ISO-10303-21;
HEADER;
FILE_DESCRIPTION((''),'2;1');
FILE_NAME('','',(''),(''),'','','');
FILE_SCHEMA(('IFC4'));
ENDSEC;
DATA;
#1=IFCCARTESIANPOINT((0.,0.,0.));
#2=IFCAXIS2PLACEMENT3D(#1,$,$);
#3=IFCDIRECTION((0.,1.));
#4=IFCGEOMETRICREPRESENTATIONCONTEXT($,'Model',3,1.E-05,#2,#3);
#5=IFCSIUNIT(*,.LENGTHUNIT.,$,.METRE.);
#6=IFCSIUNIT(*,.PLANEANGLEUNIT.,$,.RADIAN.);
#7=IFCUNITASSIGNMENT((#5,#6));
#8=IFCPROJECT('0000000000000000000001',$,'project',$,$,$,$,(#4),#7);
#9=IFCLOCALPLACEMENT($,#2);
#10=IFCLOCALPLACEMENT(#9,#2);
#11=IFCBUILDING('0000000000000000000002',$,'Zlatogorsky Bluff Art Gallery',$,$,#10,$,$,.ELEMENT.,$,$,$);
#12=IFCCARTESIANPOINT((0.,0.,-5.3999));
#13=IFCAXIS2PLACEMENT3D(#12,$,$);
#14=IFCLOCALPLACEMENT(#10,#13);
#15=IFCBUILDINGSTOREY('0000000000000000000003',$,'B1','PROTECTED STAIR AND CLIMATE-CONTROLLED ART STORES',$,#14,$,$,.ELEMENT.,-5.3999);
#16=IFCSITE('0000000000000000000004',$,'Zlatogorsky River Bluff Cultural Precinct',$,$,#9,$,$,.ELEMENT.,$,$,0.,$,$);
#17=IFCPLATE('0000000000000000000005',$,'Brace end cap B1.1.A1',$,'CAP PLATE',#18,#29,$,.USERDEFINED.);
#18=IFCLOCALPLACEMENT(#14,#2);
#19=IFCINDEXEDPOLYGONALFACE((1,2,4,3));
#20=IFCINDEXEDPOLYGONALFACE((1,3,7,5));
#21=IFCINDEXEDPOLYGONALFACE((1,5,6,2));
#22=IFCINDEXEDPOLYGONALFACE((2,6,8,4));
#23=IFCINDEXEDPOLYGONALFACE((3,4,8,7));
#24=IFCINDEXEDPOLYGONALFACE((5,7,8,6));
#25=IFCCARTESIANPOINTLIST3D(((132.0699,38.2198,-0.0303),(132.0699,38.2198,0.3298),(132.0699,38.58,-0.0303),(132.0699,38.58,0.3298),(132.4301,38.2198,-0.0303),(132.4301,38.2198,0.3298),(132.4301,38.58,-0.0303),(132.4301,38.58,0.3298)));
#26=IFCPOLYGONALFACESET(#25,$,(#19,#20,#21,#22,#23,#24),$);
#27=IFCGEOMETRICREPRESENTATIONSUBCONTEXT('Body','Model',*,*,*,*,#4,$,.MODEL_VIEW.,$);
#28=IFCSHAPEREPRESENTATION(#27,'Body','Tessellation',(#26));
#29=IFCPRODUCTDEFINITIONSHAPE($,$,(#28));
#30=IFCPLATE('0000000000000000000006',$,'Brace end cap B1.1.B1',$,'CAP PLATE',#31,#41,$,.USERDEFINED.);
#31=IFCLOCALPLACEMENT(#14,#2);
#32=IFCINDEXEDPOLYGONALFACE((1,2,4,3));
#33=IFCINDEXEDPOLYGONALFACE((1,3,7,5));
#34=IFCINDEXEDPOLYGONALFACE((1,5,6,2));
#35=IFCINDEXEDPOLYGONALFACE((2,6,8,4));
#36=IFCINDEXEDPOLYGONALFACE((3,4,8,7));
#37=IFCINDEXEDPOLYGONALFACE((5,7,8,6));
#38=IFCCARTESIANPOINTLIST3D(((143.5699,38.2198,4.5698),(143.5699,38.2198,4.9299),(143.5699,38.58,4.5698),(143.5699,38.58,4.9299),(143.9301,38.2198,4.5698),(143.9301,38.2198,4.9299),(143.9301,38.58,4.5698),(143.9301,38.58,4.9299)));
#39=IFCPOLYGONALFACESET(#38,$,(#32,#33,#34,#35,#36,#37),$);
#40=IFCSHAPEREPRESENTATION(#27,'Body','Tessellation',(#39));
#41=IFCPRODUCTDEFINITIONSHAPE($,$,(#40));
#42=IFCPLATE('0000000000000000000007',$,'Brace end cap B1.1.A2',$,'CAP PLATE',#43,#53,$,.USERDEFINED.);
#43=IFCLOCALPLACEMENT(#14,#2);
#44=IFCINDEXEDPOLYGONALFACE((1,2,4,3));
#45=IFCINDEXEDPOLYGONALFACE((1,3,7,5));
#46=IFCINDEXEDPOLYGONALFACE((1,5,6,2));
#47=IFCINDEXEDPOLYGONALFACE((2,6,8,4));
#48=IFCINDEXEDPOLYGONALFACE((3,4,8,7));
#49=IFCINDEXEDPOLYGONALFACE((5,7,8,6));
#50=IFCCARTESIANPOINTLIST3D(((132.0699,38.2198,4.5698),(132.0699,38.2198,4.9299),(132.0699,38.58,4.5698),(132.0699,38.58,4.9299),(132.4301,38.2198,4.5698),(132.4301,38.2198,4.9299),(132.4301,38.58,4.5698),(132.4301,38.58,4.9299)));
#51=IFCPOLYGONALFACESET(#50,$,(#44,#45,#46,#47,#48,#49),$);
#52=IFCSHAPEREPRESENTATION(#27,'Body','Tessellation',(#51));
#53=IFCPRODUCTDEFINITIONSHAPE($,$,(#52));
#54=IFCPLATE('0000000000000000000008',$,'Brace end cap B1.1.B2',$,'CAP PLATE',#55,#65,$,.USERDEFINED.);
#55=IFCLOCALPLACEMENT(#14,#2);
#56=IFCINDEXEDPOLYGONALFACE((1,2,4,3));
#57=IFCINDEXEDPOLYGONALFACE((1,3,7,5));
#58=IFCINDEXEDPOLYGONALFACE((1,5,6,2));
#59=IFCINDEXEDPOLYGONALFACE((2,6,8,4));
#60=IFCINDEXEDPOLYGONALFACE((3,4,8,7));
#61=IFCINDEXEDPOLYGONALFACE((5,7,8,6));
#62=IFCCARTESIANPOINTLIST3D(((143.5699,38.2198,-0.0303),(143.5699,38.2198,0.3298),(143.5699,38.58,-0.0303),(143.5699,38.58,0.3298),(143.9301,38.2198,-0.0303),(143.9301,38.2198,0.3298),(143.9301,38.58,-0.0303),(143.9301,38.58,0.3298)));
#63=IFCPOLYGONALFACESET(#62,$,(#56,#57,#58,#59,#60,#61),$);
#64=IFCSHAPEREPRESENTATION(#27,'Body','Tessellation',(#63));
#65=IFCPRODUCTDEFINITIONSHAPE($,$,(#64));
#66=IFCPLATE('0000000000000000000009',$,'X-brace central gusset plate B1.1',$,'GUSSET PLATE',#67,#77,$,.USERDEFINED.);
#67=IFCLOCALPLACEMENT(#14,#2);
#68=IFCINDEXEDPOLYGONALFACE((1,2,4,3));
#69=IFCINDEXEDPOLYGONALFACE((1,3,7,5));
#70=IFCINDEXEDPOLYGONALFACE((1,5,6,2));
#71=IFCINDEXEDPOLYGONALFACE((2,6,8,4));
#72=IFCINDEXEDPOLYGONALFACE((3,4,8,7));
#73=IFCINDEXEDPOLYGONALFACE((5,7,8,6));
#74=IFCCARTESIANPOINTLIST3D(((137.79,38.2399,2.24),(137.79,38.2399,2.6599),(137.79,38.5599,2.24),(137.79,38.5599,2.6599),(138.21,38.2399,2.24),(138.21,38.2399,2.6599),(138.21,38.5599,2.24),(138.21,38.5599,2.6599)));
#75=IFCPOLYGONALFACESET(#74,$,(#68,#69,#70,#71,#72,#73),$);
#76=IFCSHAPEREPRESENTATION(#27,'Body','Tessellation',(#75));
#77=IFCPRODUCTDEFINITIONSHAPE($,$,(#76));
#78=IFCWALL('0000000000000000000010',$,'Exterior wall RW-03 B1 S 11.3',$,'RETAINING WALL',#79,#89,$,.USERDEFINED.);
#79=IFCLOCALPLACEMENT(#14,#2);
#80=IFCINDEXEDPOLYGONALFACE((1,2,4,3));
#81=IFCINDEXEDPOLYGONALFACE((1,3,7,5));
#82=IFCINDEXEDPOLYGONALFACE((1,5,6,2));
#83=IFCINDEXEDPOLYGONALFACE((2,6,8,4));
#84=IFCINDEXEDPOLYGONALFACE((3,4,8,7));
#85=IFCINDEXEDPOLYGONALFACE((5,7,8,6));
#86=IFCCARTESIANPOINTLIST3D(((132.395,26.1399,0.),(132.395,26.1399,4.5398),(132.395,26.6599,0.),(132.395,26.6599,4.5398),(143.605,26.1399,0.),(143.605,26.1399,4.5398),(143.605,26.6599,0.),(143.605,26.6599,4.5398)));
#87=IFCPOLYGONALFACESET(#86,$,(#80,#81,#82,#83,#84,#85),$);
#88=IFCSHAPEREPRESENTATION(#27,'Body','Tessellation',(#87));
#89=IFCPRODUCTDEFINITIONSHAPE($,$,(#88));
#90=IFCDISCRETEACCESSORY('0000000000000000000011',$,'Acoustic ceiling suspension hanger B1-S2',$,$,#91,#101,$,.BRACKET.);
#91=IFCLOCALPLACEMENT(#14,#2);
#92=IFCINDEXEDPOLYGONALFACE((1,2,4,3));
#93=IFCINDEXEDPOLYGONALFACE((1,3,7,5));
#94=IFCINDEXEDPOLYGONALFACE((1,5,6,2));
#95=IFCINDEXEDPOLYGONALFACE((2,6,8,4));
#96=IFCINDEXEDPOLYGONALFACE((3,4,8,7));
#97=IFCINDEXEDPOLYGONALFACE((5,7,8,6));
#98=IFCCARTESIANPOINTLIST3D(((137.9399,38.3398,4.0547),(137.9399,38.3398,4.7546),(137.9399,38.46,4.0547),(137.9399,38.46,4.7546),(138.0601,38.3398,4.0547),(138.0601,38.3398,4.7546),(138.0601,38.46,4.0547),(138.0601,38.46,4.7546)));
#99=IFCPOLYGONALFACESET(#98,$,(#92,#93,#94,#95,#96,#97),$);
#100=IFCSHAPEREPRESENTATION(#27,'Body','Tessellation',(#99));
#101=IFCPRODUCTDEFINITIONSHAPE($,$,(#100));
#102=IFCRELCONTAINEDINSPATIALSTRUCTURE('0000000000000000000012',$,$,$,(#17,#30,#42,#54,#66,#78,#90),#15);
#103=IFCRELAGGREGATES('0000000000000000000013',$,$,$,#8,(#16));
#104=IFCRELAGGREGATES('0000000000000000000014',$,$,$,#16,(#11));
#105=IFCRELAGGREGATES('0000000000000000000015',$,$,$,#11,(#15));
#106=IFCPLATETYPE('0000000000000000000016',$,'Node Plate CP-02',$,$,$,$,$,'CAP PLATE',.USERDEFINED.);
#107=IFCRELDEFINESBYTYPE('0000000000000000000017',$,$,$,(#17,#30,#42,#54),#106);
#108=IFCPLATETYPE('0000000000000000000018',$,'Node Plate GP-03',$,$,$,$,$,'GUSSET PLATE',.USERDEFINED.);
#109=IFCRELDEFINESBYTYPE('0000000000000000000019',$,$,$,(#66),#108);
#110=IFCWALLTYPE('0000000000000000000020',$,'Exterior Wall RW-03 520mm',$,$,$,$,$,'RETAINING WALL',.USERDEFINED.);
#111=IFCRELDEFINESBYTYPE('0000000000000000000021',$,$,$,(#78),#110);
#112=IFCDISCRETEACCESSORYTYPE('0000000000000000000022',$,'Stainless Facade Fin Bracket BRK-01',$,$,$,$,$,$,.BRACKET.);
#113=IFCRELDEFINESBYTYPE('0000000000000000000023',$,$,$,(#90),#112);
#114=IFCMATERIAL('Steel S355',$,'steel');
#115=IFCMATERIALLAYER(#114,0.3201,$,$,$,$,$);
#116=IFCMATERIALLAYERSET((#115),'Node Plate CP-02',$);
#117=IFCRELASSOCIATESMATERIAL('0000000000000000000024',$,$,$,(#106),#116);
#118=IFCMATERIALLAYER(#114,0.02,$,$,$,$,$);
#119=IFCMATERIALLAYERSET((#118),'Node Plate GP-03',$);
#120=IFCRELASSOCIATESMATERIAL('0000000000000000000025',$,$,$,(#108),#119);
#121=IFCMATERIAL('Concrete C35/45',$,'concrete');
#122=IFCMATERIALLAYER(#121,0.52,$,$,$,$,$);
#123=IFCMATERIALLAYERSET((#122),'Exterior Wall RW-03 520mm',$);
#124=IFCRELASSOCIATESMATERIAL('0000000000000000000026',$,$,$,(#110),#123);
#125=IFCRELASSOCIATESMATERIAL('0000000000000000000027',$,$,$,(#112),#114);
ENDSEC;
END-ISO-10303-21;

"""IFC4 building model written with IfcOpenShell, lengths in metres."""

from ifc_helpers import new_model, si_unit, direction, frame, frame_2d, origin, origin_2d, place, context, subcontext, project, spatial, rectangle, extrude, material, layer, layer_set, type_object, element, save


model = new_model("IFC4")

# Units and contexts
model_context = context("Model", 3, precision=1e-05, world=origin(), true_north=direction((0.0, 1.0)))
body_context = subcontext(model_context, "Body", "Model", "MODEL_VIEW")
ifc_project = project(units=[si_unit("LENGTHUNIT", "METRE"), si_unit("PLANEANGLEUNIT", "RADIAN")], contexts=[model_context])

# Site, building, storey
site_placement = place(None, origin())
site = spatial("IfcSite", under=ifc_project, at=site_placement, Name="Zlatogorsky River Bluff Cultural Precinct", CompositionType="ELEMENT", RefElevation=0.0)
building_placement = place(site_placement, origin())
building = spatial("IfcBuilding", under=site, at=building_placement, Name="Zlatogorsky Bluff Art Gallery", CompositionType="ELEMENT")
storey_placement = place(building_placement, frame((0.0, 0.0, -5.3999)))
storey = spatial("IfcBuildingStorey", under=building, at=storey_placement, Name="B1", Description="PROTECTED STAIR AND CLIMATE-CONTROLLED ART STORES", CompositionType="ELEMENT", Elevation=-5.3999)

# Shared definitions
ifc_material_1 = material(Name="Concrete C35/45", Category="concrete")

# Shared definitions
ifc_material_2 = material(Name="Steel S355", Category="steel")

# Plates
ifc_layer_1 = layer(ifc_material_2, 0.3201)
ifc_layer_set_1 = layer_set([ifc_layer_1], Name="Node Plate CP-02")
plate_type_1 = type_object("IfcPlateType", Name="Node Plate CP-02", ElementType="CAP PLATE", PredefinedType="USERDEFINED", material=ifc_layer_set_1)
for number, where, z_axis, x_axis, name in (
    (1, (132.25, 38.3999, -0.0303), (0.0, 0.0, 1.0), (1.0, 0.0, 0.0), "Brace end cap B1.1.A1"),
    (2, (143.75, 38.3999, 4.5698), (0.0, 0.0, 1.0), (1.0, 0.0, 0.0), "Brace end cap B1.1.B1"),
    (3, (132.25, 38.3999, 4.5698), (0.0, 0.0, 1.0), (1.0, 0.0, 0.0), "Brace end cap B1.1.A2"),
    (4, (143.75, 38.3999, -0.0303), (0.0, 0.0, 1.0), (1.0, 0.0, 0.0), "Brace end cap B1.1.B2"),
):
    element("IfcPlate", number, at=place(storey_placement, frame(where, z_axis=z_axis, x_axis=x_axis)), inside=storey, type_object=plate_type_1, Name=name, ObjectType="CAP PLATE", PredefinedType="USERDEFINED", context=body_context, shape_type="SweptSolid", body=[
        extrude(rectangle(XDim=0.3601, YDim=0.3601, at=origin_2d()), origin(), (0.0, 0.0, 1.0), 0.3601),
    ])
ifc_layer_2 = layer(ifc_material_2, 0.02)
ifc_layer_set_2 = layer_set([ifc_layer_2], Name="Node Plate GP-03")
plate_type_2 = type_object("IfcPlateType", Name="Node Plate GP-03", ElementType="GUSSET PLATE", PredefinedType="USERDEFINED", material=ifc_layer_set_2)
plate_placement = place(storey_placement, frame((138.0, 38.3999, 2.24), z_axis=(0.0, 0.0, 1.0), x_axis=(1.0, 0.0, 0.0)))
element("IfcPlate", 5, at=plate_placement, inside=storey, type_object=plate_type_2, Name="X-brace central gusset plate B1.1", ObjectType="GUSSET PLATE", PredefinedType="USERDEFINED", context=body_context, shape_type="SweptSolid", body=[
    extrude(rectangle(XDim=0.4199, YDim=0.3201, at=origin_2d()), origin(), (0.0, 0.0, 1.0), 0.4199),
])

# Wall
ifc_layer_3 = layer(ifc_material_1, 0.52)
ifc_layer_set_3 = layer_set([ifc_layer_3], Name="Exterior Wall RW-03 520mm")
wall_type = type_object("IfcWallType", Name="Exterior Wall RW-03 520mm", ElementType="RETAINING WALL", PredefinedType="USERDEFINED", material=ifc_layer_set_3)
wall_placement = place(storey_placement, frame((132.395, 26.3999, 0.0), z_axis=(0.0, 0.0, 1.0), x_axis=(1.0, 0.0, 0.0)))
element("IfcWall", 6, at=wall_placement, inside=storey, type_object=wall_type, Name="Exterior wall RW-03 B1 S 11.3", ObjectType="RETAINING WALL", PredefinedType="USERDEFINED", context=body_context, shape_type="SweptSolid", body=[
    extrude(rectangle(XDim=11.21, YDim=0.52, at=frame_2d((5.605, 0.0))), origin(), (0.0, 0.0, 1.0), 4.5398),
])

# Discrete accessory
discrete_accessory_type = type_object("IfcDiscreteAccessoryType", Name="Stainless Facade Fin Bracket BRK-01", PredefinedType="BRACKET", material=ifc_material_2)
discrete_accessory_placement = place(storey_placement, frame((138.0, 38.3999, 4.0547), z_axis=(0.0, 0.0, 1.0), x_axis=(1.0, 0.0, 0.0)))
element("IfcDiscreteAccessory", 7, at=discrete_accessory_placement, inside=storey, type_object=discrete_accessory_type, Name="Acoustic ceiling suspension hanger B1-S2", PredefinedType="BRACKET", context=body_context, shape_type="SweptSolid", body=[
    extrude(rectangle(XDim=0.1201, YDim=0.1201, at=origin_2d()), origin(), (0.0, 0.0, 1.0), 0.7),
])

save(model, "model.ifc")
